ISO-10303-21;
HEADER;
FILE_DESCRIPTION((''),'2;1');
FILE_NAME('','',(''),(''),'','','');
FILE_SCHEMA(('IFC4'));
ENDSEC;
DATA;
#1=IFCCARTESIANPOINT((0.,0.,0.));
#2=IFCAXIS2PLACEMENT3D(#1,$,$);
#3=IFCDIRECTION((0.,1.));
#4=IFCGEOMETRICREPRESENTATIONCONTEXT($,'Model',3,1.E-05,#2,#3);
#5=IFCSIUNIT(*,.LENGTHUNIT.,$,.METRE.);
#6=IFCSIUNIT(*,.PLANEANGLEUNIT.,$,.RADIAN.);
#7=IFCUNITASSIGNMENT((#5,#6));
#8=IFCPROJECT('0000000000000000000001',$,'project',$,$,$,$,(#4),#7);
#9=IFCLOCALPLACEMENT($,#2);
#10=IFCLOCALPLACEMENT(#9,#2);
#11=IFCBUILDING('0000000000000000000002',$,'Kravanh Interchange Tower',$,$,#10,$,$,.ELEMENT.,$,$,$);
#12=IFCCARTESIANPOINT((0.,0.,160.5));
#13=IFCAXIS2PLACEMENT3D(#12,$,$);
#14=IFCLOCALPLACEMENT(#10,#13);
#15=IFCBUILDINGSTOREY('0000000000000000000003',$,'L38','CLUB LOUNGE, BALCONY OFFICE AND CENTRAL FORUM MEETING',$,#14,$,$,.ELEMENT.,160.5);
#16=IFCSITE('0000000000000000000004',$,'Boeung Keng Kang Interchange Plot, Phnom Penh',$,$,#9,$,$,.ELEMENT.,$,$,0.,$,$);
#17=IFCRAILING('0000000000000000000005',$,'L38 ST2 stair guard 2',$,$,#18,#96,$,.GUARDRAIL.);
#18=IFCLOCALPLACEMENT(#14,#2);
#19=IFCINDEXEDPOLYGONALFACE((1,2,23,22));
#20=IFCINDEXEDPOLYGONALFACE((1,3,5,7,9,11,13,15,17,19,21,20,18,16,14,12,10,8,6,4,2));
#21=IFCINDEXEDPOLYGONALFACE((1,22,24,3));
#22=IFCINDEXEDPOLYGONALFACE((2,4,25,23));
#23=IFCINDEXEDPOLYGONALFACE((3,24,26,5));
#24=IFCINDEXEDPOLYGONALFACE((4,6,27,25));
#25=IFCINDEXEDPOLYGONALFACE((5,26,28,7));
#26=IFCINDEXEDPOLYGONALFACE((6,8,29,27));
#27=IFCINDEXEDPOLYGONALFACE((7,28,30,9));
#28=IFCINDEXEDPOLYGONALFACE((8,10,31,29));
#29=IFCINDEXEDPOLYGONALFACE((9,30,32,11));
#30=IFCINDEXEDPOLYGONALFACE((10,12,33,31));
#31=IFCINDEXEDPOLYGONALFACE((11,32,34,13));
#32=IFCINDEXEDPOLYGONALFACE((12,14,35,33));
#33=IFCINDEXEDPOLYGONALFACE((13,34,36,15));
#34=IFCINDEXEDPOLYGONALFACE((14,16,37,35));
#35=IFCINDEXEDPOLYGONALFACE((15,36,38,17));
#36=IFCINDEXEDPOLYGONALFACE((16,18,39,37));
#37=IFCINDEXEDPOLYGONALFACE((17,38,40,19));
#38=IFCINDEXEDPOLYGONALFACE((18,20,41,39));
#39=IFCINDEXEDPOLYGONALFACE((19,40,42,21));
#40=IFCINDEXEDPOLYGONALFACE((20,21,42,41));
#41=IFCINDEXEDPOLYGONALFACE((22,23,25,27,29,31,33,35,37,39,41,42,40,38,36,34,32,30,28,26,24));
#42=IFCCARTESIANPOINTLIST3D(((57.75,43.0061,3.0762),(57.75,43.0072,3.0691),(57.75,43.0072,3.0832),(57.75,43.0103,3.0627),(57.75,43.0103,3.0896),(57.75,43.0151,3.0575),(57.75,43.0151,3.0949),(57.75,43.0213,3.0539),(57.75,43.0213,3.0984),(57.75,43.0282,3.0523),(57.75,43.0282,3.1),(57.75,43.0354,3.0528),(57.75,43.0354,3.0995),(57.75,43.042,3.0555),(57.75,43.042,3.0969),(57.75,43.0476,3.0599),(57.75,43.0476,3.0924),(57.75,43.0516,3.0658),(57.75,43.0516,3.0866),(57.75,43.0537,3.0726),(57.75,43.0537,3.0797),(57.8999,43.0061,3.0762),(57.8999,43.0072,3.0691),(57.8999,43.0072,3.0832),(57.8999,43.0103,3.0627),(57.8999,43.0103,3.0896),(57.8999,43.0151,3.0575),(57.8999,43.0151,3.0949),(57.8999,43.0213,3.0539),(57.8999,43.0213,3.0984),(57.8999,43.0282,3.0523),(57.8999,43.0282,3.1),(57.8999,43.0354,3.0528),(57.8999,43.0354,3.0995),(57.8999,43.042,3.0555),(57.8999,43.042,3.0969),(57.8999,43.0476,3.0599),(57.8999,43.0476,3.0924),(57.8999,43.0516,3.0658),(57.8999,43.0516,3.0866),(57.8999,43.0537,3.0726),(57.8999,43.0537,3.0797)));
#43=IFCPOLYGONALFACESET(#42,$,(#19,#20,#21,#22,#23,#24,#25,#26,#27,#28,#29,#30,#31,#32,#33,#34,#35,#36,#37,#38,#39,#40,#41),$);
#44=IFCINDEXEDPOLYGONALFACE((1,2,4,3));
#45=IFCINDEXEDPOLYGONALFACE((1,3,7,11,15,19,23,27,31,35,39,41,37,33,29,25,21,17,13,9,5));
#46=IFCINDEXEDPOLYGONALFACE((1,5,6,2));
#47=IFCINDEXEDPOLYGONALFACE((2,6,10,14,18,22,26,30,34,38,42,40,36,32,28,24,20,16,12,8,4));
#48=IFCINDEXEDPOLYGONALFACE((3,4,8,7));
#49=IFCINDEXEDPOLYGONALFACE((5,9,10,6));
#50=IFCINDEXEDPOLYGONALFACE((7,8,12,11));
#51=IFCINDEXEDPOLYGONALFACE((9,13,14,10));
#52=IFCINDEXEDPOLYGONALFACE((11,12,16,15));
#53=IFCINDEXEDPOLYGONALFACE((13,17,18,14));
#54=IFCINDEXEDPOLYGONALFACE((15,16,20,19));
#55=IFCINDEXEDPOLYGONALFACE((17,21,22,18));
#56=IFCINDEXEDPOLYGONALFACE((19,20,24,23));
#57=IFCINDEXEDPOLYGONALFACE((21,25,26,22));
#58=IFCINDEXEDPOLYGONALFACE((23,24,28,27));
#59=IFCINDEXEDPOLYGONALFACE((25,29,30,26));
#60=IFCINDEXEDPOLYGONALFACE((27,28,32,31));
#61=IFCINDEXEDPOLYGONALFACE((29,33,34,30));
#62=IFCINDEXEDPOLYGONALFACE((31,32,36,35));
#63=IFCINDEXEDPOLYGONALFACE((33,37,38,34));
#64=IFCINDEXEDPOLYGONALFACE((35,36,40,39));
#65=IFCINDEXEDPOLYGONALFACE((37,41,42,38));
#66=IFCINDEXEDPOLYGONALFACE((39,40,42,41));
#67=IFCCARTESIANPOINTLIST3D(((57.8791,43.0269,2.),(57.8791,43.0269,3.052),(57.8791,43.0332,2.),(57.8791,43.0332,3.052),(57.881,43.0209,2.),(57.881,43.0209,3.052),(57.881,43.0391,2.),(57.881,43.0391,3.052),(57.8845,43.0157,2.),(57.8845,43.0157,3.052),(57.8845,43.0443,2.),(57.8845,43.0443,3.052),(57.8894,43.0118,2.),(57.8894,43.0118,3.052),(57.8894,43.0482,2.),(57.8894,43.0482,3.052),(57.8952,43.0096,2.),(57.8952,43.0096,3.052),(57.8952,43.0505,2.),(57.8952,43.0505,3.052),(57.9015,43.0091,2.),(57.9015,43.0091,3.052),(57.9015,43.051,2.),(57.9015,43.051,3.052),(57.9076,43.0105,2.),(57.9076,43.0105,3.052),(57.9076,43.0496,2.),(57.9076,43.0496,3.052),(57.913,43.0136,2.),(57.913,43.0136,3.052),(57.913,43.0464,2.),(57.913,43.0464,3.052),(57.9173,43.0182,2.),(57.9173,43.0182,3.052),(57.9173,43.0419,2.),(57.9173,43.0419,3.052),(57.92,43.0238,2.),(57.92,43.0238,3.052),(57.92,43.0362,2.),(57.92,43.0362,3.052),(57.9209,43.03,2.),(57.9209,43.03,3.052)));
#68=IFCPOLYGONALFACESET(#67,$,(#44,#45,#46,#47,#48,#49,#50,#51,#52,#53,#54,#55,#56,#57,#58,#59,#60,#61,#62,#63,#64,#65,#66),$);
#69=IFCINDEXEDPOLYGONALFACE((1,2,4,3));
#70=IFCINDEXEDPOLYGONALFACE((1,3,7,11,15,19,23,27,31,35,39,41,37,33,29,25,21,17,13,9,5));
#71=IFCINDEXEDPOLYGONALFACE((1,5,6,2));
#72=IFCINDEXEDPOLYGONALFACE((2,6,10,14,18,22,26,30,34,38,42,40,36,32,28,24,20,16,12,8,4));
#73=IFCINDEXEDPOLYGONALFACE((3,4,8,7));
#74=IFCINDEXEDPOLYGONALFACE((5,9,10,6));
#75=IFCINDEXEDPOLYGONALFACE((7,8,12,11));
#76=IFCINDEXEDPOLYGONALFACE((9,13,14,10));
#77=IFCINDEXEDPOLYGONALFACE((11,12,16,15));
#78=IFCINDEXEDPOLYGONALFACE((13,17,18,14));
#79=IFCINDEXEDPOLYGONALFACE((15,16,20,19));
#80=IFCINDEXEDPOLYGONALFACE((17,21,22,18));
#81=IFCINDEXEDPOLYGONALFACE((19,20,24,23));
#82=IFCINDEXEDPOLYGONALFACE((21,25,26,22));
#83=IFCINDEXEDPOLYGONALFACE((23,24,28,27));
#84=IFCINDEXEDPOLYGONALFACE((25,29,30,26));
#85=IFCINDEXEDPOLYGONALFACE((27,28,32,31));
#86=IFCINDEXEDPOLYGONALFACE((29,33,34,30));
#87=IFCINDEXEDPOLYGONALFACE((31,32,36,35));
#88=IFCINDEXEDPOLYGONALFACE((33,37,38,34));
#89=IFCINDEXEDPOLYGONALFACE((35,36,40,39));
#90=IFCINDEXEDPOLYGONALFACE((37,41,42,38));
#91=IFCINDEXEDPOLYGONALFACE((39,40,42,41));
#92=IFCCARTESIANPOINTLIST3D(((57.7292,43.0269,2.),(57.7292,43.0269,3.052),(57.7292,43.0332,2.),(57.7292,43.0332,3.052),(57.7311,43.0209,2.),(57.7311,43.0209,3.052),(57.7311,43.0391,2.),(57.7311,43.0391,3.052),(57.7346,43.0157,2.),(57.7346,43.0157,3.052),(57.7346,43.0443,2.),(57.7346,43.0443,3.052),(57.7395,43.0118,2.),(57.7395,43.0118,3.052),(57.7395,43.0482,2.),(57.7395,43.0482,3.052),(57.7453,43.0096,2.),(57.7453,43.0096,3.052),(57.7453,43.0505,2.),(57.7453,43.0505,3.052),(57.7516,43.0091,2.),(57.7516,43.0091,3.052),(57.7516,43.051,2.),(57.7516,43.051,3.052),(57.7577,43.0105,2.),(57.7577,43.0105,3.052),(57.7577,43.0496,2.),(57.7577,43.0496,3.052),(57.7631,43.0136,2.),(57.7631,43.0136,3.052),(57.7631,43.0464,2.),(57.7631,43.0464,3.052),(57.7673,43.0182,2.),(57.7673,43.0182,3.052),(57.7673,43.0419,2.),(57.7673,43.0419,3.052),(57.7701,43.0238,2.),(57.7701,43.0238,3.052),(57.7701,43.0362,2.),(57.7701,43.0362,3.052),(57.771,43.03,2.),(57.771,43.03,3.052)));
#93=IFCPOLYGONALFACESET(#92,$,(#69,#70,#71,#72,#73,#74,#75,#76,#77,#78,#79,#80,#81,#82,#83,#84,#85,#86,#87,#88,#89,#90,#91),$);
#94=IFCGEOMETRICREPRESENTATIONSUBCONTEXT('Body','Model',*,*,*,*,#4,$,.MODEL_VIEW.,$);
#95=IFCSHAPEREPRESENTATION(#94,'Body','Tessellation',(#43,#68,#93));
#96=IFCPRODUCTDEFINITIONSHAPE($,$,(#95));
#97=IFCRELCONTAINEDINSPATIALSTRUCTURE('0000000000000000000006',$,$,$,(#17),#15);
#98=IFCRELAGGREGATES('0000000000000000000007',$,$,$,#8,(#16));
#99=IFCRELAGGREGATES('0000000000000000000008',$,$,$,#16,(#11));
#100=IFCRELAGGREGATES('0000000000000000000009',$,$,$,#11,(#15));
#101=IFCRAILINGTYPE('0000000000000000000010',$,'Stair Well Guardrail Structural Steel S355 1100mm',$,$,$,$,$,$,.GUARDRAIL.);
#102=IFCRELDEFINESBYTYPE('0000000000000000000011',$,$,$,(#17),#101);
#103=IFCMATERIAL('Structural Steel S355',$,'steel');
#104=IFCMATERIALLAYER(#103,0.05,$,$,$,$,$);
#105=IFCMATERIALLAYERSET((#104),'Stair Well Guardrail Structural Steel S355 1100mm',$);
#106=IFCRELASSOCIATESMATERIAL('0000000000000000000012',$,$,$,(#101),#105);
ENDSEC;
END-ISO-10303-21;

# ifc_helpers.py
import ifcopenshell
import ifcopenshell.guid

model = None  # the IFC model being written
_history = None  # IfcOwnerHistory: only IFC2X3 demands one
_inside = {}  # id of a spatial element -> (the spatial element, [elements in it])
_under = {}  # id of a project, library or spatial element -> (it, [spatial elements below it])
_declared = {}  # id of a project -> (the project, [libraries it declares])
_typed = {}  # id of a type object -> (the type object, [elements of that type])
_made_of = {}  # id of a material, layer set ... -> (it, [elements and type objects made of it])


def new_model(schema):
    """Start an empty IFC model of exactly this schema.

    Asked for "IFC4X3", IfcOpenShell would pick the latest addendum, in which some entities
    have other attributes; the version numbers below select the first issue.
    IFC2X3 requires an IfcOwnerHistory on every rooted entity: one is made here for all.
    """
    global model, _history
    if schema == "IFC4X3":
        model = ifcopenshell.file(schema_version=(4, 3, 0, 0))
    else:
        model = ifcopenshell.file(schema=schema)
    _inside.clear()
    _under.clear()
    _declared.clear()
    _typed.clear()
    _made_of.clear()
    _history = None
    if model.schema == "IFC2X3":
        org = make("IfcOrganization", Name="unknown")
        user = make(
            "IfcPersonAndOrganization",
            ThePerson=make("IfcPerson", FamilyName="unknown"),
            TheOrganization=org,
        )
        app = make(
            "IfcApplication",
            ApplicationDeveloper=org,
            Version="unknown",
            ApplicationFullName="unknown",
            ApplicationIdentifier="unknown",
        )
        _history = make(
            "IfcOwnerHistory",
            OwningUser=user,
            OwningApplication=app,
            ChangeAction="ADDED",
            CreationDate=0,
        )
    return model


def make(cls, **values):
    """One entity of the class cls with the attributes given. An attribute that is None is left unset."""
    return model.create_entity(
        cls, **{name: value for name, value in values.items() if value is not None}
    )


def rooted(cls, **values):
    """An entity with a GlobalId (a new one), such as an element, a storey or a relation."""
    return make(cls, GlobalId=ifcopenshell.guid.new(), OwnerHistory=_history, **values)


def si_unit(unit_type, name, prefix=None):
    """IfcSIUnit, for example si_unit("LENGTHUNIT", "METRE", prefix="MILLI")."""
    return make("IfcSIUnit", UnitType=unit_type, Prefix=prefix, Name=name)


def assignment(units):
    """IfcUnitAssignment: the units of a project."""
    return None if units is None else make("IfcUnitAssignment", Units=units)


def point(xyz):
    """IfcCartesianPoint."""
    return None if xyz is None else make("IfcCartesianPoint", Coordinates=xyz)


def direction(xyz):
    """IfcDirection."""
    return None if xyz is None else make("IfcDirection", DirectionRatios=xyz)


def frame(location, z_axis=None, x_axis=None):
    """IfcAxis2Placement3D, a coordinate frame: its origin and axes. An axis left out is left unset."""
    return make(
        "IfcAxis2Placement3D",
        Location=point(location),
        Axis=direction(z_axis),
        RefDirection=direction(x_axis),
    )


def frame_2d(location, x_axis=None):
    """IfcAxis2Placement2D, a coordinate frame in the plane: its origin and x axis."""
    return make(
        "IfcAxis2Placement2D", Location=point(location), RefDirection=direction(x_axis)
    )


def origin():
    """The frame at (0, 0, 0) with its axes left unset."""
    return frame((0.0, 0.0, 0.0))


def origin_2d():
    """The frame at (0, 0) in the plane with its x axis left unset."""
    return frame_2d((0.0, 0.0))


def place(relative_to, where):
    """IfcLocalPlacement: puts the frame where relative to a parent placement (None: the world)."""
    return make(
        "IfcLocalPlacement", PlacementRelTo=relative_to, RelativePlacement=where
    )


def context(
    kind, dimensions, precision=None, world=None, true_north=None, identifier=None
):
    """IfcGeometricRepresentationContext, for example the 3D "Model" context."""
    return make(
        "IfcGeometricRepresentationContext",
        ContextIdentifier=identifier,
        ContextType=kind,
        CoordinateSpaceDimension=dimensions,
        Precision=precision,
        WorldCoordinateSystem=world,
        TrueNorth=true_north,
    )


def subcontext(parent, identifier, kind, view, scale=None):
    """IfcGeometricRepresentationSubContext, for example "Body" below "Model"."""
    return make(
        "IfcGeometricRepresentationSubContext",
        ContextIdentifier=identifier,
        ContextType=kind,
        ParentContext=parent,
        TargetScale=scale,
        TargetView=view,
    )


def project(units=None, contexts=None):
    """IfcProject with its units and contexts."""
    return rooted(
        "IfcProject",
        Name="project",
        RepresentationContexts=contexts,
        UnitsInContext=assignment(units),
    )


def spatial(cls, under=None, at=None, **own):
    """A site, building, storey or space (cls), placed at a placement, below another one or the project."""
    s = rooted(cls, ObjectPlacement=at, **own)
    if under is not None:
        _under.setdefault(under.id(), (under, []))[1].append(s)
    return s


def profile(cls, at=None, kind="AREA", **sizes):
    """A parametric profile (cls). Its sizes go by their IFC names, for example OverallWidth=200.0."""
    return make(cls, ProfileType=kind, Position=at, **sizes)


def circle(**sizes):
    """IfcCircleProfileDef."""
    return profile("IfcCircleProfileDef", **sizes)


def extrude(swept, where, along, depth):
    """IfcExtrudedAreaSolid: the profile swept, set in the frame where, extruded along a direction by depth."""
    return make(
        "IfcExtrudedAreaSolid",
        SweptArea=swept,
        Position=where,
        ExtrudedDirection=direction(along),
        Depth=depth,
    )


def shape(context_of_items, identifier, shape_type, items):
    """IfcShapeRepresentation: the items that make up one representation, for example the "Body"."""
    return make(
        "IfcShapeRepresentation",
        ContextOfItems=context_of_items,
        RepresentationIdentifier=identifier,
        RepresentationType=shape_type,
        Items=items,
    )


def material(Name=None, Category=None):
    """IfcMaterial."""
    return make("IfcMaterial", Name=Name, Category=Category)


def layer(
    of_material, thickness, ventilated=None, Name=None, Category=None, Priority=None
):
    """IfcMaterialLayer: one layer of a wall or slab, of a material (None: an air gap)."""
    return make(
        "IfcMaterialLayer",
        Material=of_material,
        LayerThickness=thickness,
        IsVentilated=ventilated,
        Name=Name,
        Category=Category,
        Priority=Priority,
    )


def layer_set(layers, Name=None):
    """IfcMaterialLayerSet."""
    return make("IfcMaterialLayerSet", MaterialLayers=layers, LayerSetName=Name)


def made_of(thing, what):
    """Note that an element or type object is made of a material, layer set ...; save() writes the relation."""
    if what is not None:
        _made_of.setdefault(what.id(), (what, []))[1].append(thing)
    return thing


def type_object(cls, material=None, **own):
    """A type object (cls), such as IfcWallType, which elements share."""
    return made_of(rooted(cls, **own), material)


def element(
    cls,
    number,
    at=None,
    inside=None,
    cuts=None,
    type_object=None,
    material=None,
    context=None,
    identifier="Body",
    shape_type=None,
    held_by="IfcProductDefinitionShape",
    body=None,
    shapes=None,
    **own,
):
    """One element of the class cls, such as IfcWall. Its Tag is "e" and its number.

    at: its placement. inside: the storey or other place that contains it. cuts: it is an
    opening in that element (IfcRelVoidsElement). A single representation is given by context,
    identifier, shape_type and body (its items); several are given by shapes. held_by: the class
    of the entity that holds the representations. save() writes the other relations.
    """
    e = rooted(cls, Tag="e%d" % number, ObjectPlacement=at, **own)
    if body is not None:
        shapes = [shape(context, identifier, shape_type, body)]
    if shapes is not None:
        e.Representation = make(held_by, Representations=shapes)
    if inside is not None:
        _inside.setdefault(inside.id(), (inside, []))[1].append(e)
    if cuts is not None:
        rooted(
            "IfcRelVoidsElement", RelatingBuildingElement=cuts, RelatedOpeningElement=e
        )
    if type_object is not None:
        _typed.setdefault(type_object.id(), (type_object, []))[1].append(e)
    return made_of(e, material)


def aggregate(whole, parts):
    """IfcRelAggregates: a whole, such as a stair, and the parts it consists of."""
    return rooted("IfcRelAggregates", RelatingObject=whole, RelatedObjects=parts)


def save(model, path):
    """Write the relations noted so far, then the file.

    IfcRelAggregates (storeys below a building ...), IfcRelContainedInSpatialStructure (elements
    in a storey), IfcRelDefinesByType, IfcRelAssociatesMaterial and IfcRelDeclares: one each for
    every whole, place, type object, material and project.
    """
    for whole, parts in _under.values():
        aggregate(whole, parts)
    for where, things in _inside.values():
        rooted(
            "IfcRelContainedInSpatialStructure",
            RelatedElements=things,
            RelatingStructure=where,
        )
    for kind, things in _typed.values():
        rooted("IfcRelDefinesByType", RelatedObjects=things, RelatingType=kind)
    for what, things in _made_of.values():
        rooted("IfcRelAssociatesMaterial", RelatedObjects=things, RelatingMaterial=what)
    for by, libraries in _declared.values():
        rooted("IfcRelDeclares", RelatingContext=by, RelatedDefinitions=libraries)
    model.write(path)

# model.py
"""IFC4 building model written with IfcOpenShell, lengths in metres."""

from ifc_helpers import new_model, si_unit, direction, frame, origin, origin_2d, place, context, subcontext, project, spatial, circle, extrude, material, layer, layer_set, type_object, element, save


model = new_model("IFC4")

# Units and contexts
model_context = context("Model", 3, precision=1e-05, world=origin(), true_north=direction((0.0, 1.0)))
body_context = subcontext(model_context, "Body", "Model", "MODEL_VIEW")
ifc_project = project(units=[si_unit("LENGTHUNIT", "METRE"), si_unit("PLANEANGLEUNIT", "RADIAN")], contexts=[model_context])

# Site, building, storey
site_placement = place(None, origin())
site = spatial("IfcSite", under=ifc_project, at=site_placement, Name="Boeung Keng Kang Interchange Plot, Phnom Penh", CompositionType="ELEMENT", RefElevation=0.0)
building_placement = place(site_placement, origin())
building = spatial("IfcBuilding", under=site, at=building_placement, Name="Kravanh Interchange Tower", CompositionType="ELEMENT")
storey_placement = place(building_placement, frame((0.0, 0.0, 160.5)))
storey = spatial("IfcBuildingStorey", under=building, at=storey_placement, Name="L38", Description="CLUB LOUNGE, BALCONY OFFICE AND CENTRAL FORUM MEETING", CompositionType="ELEMENT", Elevation=160.5)

# Railing
ifc_material_1 = material(Name="Structural Steel S355", Category="steel")
ifc_layer_1 = layer(ifc_material_1, 0.05)
ifc_layer_set_1 = layer_set([ifc_layer_1], Name="Stair Well Guardrail Structural Steel S355 1100mm")
railing_type_1 = type_object("IfcRailingType", Name="Stair Well Guardrail Structural Steel S355 1100mm", PredefinedType="GUARDRAIL", material=ifc_layer_set_1)
railing_1_placement = place(storey_placement, frame((57.8999, 43.03, 2.0)))
element("IfcRailing", 1, at=railing_1_placement, inside=storey, type_object=railing_type_1, Name="L38 ST2 stair guard 2", PredefinedType="GUARDRAIL", context=body_context, shape_type="SweptSolid", body=[
    extrude(circle(Radius=0.0239, at=origin_2d()), frame((0.0, 0.0, 1.0762), z_axis=(-1.0, 0.0, 0.0), x_axis=(0.0, -1.0, 0.0)), (0.0, 0.0, 1.0), 0.1499),
    extrude(circle(Radius=0.021, at=origin_2d()), origin(), (0.0, 0.0, 1.0), 1.052),
    extrude(circle(Radius=0.021, at=origin_2d()), frame((-0.1499, 0.0, 0.0)), (0.0, 0.0, 1.0), 1.052),
])

save(model, "model.ifc")
